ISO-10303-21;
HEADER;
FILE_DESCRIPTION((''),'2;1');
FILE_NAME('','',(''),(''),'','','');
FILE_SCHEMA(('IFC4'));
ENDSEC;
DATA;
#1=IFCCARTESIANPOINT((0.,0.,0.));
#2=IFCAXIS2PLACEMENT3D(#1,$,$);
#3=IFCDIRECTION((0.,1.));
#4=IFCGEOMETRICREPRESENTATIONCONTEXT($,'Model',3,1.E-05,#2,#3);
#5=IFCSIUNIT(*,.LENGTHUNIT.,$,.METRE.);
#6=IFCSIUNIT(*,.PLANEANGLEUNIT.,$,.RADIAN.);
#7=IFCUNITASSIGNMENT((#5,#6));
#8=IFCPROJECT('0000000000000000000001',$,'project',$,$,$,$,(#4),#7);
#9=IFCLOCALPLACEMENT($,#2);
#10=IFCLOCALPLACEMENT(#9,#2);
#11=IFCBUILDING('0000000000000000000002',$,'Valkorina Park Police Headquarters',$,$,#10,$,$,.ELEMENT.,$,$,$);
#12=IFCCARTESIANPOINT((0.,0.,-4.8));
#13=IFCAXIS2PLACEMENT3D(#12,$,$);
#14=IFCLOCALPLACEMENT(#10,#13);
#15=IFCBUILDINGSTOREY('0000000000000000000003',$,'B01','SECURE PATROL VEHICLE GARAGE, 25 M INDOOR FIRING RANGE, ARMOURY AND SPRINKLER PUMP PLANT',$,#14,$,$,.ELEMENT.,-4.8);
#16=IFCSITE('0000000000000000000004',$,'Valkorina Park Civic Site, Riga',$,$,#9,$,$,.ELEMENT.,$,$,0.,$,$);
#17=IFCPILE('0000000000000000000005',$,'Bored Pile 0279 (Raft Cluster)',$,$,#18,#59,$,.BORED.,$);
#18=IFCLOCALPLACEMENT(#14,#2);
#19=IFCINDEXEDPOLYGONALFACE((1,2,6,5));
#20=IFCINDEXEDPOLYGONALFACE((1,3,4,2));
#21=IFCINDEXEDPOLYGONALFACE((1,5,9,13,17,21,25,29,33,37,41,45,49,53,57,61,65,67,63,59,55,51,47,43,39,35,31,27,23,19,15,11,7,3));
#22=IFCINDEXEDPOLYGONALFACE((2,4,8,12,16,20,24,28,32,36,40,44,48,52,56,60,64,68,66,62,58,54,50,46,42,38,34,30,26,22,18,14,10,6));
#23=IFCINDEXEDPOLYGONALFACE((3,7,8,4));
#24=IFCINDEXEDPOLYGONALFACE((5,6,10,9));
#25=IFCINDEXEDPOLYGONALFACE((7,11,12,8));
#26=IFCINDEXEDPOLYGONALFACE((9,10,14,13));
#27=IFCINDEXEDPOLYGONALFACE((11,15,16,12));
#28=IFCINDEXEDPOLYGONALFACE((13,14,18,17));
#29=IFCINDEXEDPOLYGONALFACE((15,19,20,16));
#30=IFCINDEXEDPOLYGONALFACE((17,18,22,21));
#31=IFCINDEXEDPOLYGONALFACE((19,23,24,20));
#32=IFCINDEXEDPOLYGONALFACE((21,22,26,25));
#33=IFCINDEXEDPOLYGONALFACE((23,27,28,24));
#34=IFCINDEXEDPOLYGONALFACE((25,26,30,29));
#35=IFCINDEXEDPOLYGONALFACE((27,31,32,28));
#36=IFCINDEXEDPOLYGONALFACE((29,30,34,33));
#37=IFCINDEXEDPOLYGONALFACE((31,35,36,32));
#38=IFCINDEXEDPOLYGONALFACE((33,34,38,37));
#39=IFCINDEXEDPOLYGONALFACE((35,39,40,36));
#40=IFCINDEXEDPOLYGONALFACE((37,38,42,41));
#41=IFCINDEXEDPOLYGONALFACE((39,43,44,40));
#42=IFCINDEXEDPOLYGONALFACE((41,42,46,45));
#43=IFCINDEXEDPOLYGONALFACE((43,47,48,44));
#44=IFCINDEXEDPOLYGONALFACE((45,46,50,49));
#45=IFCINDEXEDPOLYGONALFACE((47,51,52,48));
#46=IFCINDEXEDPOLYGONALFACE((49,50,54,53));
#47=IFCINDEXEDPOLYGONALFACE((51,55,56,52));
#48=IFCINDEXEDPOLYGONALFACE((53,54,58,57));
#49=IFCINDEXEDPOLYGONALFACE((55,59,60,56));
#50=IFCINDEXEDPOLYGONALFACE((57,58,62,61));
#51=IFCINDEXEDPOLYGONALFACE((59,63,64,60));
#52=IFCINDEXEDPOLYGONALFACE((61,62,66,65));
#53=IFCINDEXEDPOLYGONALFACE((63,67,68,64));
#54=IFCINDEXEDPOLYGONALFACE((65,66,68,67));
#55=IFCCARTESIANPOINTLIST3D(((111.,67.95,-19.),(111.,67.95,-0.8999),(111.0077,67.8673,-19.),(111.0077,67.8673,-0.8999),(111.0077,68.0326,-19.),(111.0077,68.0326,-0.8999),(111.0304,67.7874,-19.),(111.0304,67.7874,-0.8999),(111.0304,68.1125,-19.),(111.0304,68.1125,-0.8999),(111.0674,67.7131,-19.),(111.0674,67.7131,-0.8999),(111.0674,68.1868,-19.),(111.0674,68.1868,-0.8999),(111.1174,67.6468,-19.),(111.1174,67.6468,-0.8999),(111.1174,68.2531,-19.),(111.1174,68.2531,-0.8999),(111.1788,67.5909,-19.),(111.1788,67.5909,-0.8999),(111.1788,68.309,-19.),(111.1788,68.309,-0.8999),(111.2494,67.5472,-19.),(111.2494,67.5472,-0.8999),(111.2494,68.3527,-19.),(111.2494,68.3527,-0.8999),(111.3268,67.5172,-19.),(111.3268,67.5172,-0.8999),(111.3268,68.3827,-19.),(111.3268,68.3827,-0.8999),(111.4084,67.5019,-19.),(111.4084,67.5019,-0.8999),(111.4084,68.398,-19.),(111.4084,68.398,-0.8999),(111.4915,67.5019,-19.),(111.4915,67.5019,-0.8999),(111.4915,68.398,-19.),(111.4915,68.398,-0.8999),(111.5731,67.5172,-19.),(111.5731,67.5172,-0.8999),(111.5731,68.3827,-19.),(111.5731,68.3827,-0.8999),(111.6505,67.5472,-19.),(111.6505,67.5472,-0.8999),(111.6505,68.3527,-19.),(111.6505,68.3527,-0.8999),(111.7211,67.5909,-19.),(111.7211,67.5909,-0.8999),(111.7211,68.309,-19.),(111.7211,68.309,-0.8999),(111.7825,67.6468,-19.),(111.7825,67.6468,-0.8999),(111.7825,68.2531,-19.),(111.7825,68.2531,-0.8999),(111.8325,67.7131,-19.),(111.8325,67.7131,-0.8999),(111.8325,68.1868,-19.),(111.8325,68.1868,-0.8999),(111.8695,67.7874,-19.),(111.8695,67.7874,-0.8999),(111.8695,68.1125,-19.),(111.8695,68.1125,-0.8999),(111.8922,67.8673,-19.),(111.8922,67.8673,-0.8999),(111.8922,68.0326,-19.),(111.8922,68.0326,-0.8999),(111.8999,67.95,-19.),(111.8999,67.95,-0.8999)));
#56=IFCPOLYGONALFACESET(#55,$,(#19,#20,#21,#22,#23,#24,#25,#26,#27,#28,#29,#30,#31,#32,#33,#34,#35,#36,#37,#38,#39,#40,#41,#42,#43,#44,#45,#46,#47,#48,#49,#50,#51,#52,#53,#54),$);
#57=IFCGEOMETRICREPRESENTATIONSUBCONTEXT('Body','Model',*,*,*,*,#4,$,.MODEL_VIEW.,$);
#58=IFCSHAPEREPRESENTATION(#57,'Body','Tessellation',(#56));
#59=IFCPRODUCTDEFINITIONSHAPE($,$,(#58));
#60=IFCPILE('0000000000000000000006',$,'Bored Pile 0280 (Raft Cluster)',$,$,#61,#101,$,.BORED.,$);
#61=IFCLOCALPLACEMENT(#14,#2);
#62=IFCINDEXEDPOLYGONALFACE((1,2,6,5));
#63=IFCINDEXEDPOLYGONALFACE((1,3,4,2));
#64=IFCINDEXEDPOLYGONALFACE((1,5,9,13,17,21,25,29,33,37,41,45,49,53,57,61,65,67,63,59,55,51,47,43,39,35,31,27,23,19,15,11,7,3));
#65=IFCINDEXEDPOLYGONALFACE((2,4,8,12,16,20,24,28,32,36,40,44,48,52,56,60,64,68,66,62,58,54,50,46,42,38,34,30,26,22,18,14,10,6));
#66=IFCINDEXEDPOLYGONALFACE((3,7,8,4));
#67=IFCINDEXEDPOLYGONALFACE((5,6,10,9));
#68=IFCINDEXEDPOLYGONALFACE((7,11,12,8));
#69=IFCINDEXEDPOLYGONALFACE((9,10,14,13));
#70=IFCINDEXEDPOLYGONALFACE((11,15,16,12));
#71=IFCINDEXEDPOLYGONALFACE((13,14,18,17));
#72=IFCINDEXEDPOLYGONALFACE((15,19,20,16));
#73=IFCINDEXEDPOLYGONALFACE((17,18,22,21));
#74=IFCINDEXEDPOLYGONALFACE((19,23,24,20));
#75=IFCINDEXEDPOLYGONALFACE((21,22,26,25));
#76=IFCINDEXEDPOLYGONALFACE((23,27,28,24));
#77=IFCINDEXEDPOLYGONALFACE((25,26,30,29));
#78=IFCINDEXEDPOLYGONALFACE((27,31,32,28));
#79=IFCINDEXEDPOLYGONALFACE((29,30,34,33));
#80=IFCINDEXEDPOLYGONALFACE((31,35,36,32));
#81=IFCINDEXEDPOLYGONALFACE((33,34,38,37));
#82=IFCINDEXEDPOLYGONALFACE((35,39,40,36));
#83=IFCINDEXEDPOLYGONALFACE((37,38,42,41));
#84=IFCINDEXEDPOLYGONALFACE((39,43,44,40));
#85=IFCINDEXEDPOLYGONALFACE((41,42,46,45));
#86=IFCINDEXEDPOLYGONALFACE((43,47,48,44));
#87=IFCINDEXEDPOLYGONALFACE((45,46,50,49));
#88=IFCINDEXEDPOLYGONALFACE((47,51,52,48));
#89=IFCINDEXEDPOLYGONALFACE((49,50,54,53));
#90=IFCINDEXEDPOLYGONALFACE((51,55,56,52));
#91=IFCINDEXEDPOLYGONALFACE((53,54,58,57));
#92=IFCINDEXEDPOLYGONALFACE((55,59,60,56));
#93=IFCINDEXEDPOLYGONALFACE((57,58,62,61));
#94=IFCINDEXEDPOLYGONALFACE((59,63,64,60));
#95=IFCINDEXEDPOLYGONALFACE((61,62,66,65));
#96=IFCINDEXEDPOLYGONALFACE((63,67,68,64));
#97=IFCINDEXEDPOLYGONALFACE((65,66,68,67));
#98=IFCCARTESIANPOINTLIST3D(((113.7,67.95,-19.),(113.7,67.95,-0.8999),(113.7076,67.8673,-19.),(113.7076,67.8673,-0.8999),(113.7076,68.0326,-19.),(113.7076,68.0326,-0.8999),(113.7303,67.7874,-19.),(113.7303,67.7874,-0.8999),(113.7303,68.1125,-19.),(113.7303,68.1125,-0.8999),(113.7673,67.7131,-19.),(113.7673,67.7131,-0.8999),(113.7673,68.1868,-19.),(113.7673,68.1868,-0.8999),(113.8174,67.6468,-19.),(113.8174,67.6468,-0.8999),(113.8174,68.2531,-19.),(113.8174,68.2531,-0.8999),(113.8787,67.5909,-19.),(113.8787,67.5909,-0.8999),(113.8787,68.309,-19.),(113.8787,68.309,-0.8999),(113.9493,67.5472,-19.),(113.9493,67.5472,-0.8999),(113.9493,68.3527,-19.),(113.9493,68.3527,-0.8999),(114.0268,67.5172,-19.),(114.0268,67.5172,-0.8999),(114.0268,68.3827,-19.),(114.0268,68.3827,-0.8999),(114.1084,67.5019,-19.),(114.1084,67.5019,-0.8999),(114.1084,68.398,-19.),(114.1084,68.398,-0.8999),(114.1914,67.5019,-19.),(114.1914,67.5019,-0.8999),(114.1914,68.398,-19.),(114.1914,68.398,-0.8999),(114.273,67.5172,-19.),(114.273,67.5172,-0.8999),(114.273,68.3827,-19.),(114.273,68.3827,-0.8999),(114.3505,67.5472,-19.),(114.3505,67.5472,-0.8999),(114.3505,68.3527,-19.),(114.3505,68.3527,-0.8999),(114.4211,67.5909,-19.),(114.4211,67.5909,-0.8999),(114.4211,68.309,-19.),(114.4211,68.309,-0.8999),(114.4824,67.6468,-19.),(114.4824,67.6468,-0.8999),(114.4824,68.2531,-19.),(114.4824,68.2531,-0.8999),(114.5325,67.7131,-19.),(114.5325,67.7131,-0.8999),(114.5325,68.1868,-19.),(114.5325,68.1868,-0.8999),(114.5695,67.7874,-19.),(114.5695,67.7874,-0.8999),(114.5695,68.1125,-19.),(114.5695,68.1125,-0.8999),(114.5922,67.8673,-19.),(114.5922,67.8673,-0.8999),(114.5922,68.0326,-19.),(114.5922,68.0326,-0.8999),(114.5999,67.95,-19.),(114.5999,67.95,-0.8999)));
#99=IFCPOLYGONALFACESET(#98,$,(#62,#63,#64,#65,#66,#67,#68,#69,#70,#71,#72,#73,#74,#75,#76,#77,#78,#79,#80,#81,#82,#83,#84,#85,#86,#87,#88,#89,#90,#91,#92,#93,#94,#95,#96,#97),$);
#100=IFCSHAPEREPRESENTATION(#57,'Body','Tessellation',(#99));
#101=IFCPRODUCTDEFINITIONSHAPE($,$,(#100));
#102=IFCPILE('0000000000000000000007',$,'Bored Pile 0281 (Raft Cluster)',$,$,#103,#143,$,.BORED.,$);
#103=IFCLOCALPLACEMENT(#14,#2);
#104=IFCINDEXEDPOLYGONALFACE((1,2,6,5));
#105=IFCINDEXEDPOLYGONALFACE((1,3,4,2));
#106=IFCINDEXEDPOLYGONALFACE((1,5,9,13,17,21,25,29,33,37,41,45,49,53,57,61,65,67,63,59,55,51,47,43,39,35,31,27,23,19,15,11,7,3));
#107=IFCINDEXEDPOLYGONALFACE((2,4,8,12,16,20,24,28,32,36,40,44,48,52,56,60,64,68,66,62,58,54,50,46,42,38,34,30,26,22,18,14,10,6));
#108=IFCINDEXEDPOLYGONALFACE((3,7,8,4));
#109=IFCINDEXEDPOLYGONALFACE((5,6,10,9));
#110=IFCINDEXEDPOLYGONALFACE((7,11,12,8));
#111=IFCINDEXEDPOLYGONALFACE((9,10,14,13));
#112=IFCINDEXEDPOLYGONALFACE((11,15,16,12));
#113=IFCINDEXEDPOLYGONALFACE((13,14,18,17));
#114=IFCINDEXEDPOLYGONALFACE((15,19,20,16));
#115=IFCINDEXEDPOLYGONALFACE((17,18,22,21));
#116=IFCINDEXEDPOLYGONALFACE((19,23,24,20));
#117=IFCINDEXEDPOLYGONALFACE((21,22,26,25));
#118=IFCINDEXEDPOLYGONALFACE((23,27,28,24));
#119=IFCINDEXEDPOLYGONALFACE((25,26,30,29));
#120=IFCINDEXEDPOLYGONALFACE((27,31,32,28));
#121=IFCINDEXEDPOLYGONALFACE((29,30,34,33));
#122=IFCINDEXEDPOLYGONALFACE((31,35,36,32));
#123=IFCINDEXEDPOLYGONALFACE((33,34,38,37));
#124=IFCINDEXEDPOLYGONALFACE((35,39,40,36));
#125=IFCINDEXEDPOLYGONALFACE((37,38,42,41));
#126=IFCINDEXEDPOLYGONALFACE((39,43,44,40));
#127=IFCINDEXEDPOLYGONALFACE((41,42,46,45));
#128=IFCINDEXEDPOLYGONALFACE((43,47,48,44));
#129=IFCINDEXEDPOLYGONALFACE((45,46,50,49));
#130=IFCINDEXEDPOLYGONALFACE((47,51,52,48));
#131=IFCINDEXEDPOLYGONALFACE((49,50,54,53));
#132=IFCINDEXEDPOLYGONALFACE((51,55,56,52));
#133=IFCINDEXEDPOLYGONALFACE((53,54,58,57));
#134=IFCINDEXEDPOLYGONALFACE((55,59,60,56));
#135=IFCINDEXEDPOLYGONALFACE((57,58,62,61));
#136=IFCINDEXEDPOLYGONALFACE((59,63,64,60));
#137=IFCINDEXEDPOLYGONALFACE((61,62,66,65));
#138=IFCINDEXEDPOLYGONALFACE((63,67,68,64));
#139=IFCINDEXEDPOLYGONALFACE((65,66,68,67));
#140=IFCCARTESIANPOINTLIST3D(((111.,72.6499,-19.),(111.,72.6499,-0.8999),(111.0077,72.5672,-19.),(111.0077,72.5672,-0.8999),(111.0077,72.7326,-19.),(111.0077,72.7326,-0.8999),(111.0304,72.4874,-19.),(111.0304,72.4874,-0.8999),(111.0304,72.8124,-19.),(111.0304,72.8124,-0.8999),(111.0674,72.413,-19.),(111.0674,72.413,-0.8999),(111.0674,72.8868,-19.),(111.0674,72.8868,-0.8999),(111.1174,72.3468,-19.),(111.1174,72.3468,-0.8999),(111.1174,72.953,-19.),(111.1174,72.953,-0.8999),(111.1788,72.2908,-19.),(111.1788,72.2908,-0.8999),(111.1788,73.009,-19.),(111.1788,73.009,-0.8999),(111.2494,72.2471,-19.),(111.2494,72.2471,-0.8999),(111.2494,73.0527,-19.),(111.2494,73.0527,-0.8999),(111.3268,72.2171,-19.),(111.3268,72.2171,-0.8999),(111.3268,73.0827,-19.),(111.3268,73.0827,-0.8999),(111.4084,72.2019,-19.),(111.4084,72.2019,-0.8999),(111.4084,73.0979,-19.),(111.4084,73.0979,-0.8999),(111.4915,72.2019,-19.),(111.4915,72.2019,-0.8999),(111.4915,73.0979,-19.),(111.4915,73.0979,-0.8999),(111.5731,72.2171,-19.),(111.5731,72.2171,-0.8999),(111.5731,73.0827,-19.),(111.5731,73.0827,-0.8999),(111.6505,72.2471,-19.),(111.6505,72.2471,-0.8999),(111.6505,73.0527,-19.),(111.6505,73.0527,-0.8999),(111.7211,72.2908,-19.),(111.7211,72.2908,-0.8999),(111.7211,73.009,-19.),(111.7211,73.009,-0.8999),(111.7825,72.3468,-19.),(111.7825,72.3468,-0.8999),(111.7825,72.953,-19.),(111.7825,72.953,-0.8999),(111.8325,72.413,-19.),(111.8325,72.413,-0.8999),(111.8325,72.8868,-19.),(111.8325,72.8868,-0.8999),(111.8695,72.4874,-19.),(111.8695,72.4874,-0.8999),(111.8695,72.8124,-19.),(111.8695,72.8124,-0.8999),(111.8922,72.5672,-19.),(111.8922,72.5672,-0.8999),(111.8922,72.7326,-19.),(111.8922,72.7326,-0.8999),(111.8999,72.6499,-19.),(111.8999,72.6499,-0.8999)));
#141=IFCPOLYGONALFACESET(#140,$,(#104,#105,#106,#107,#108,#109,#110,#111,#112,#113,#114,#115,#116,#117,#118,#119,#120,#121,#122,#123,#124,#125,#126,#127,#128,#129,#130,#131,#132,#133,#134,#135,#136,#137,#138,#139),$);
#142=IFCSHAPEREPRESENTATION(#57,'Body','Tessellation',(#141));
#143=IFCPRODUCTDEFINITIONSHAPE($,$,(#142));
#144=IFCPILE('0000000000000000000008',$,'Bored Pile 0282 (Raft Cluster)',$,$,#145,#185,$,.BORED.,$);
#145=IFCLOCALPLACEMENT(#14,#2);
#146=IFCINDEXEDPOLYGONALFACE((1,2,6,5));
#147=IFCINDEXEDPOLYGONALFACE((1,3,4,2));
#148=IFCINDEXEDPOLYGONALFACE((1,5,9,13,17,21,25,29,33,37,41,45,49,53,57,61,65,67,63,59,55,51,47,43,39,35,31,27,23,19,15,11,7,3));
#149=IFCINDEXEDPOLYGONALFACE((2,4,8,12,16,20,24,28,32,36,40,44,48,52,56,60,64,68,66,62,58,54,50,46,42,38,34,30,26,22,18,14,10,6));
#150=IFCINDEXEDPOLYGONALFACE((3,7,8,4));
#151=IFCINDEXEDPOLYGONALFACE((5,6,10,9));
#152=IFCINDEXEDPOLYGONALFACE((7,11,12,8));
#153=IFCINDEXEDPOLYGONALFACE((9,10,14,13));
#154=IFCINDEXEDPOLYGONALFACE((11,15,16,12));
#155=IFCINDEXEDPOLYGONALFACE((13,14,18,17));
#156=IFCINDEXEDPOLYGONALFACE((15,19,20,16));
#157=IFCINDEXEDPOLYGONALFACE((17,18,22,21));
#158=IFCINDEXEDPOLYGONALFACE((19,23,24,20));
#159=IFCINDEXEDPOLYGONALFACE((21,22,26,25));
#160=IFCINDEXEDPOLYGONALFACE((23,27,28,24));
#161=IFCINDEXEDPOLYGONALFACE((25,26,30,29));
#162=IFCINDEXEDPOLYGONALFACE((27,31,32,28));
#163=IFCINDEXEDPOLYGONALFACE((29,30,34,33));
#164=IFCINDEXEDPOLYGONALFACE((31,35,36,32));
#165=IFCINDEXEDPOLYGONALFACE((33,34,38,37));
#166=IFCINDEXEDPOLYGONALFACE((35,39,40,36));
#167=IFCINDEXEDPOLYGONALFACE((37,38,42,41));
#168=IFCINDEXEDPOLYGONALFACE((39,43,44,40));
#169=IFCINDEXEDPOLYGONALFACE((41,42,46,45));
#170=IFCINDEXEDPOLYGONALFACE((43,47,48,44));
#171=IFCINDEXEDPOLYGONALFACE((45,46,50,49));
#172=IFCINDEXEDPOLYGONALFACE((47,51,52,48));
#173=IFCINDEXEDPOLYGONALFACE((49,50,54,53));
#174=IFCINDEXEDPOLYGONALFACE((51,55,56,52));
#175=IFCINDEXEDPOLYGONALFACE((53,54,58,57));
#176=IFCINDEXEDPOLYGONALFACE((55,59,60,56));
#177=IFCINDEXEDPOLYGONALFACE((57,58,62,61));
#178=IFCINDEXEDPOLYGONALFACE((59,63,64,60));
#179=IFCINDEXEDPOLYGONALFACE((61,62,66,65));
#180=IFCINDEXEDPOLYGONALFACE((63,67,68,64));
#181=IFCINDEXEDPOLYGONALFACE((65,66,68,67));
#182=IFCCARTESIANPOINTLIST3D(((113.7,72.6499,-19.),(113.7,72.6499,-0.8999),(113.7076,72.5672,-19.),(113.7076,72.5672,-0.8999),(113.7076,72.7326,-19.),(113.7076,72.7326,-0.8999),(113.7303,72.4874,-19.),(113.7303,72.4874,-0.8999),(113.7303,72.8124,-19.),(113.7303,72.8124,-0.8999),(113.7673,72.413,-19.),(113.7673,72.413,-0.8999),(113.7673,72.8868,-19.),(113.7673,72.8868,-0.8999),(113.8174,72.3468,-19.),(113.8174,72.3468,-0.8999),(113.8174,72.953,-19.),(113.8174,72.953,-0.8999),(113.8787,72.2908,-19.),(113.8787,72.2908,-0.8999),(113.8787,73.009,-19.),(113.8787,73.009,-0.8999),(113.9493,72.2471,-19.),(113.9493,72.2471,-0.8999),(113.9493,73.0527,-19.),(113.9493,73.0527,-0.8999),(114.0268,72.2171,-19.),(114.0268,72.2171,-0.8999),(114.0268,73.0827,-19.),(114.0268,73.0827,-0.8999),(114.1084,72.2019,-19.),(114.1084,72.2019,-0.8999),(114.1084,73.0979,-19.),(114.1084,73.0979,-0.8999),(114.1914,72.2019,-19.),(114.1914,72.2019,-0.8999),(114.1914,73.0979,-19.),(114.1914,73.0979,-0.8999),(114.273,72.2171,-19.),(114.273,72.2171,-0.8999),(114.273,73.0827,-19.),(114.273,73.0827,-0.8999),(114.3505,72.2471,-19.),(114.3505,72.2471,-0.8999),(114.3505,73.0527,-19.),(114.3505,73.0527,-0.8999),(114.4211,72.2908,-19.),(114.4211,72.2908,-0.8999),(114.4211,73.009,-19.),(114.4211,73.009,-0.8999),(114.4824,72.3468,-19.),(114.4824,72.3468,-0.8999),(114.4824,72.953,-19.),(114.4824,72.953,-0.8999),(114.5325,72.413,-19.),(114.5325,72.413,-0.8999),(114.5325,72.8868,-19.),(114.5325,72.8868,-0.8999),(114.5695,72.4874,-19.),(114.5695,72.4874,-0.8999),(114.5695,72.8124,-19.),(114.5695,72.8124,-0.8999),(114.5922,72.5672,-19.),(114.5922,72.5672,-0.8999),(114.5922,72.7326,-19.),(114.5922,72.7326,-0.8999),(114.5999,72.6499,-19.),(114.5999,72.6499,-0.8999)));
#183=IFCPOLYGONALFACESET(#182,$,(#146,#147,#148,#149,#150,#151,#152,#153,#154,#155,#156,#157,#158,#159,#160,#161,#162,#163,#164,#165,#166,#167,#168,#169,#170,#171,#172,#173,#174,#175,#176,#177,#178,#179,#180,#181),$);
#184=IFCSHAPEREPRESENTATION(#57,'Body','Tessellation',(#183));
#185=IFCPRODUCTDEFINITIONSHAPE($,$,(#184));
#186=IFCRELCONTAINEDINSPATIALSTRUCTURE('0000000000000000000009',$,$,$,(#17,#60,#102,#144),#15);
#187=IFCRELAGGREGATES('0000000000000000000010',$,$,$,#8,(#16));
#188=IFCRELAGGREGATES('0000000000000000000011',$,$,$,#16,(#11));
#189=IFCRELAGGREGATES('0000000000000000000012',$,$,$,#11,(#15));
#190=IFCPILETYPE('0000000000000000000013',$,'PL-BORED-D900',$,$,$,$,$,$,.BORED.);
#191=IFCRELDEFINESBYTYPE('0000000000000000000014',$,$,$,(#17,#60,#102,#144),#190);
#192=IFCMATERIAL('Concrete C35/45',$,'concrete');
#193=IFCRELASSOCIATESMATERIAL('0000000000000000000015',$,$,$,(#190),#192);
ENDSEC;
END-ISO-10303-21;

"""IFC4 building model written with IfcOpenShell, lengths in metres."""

from ifc_helpers import new_model, si_unit, direction, frame, origin, origin_2d, place, context, subcontext, project, spatial, circle, extrude, material, material_profile, profile_set, type_object, element, save


model = new_model("IFC4")

# Units and contexts
model_context = context("Model", 3, precision=1e-05, world=origin(), true_north=direction((0.0, 1.0)))
body_context = subcontext(model_context, "Body", "Model", "MODEL_VIEW")
ifc_project = project(units=[si_unit("LENGTHUNIT", "METRE"), si_unit("PLANEANGLEUNIT", "RADIAN")], contexts=[model_context])

# Site, building, storey
site_placement = place(None, origin())
site = spatial("IfcSite", under=ifc_project, at=site_placement, Name="Valkorina Park Civic Site, Riga", CompositionType="ELEMENT", RefElevation=0.0)
building_placement = place(site_placement, origin())
building = spatial("IfcBuilding", under=site, at=building_placement, Name="Valkorina Park Police Headquarters", CompositionType="ELEMENT")
storey_placement = place(building_placement, frame((0.0, 0.0, -4.8)))
storey = spatial("IfcBuildingStorey", under=building, at=storey_placement, Name="B01", Description="SECURE PATROL VEHICLE GARAGE, 25 M INDOOR FIRING RANGE, ARMOURY AND SPRINKLER PUMP PLANT", CompositionType="ELEMENT", Elevation=-4.8)

# Piles
ifc_material_1 = material(Name="Concrete C35/45", Category="concrete")
ifc_material_profile_1 = material_profile(ifc_material_1, circle(Radius=0.45, at=origin_2d()), Name="BORED PILE D900")
ifc_profile_set_1 = profile_set([ifc_material_profile_1], Name="Concrete C35/45")
pile_type = type_object("IfcPileType", Name="PL-BORED-D900", PredefinedType="BORED", material=ifc_profile_set_1)
for number, where, z_axis, x_axis, name in (
    (1, (111.45, 67.95, -0.8999), (0.0, 0.0, -1.0), (1.0, 0.0, 0.0), "Bored Pile 0279 (Raft Cluster)"),
    (2, (114.1499, 67.95, -0.8999), (0.0, 0.0, -1.0), (1.0, 0.0, 0.0), "Bored Pile 0280 (Raft Cluster)"),
    (3, (111.45, 72.6499, -0.8999), (0.0, 0.0, -1.0), (1.0, 0.0, 0.0), "Bored Pile 0281 (Raft Cluster)"),
    (4, (114.1499, 72.6499, -0.8999), (0.0, 0.0, -1.0), (1.0, 0.0, 0.0), "Bored Pile 0282 (Raft Cluster)"),
):
    element("IfcPile", number, at=place(storey_placement, frame(where, z_axis=z_axis, x_axis=x_axis)), inside=storey, type_object=pile_type, Name=name, PredefinedType="BORED", context=body_context, shape_type="SweptSolid", body=[
        extrude(circle(Radius=0.45, at=origin_2d()), origin(), (0.0, 0.0, 1.0), 18.1001),
    ])

save(model, "model.ifc")
